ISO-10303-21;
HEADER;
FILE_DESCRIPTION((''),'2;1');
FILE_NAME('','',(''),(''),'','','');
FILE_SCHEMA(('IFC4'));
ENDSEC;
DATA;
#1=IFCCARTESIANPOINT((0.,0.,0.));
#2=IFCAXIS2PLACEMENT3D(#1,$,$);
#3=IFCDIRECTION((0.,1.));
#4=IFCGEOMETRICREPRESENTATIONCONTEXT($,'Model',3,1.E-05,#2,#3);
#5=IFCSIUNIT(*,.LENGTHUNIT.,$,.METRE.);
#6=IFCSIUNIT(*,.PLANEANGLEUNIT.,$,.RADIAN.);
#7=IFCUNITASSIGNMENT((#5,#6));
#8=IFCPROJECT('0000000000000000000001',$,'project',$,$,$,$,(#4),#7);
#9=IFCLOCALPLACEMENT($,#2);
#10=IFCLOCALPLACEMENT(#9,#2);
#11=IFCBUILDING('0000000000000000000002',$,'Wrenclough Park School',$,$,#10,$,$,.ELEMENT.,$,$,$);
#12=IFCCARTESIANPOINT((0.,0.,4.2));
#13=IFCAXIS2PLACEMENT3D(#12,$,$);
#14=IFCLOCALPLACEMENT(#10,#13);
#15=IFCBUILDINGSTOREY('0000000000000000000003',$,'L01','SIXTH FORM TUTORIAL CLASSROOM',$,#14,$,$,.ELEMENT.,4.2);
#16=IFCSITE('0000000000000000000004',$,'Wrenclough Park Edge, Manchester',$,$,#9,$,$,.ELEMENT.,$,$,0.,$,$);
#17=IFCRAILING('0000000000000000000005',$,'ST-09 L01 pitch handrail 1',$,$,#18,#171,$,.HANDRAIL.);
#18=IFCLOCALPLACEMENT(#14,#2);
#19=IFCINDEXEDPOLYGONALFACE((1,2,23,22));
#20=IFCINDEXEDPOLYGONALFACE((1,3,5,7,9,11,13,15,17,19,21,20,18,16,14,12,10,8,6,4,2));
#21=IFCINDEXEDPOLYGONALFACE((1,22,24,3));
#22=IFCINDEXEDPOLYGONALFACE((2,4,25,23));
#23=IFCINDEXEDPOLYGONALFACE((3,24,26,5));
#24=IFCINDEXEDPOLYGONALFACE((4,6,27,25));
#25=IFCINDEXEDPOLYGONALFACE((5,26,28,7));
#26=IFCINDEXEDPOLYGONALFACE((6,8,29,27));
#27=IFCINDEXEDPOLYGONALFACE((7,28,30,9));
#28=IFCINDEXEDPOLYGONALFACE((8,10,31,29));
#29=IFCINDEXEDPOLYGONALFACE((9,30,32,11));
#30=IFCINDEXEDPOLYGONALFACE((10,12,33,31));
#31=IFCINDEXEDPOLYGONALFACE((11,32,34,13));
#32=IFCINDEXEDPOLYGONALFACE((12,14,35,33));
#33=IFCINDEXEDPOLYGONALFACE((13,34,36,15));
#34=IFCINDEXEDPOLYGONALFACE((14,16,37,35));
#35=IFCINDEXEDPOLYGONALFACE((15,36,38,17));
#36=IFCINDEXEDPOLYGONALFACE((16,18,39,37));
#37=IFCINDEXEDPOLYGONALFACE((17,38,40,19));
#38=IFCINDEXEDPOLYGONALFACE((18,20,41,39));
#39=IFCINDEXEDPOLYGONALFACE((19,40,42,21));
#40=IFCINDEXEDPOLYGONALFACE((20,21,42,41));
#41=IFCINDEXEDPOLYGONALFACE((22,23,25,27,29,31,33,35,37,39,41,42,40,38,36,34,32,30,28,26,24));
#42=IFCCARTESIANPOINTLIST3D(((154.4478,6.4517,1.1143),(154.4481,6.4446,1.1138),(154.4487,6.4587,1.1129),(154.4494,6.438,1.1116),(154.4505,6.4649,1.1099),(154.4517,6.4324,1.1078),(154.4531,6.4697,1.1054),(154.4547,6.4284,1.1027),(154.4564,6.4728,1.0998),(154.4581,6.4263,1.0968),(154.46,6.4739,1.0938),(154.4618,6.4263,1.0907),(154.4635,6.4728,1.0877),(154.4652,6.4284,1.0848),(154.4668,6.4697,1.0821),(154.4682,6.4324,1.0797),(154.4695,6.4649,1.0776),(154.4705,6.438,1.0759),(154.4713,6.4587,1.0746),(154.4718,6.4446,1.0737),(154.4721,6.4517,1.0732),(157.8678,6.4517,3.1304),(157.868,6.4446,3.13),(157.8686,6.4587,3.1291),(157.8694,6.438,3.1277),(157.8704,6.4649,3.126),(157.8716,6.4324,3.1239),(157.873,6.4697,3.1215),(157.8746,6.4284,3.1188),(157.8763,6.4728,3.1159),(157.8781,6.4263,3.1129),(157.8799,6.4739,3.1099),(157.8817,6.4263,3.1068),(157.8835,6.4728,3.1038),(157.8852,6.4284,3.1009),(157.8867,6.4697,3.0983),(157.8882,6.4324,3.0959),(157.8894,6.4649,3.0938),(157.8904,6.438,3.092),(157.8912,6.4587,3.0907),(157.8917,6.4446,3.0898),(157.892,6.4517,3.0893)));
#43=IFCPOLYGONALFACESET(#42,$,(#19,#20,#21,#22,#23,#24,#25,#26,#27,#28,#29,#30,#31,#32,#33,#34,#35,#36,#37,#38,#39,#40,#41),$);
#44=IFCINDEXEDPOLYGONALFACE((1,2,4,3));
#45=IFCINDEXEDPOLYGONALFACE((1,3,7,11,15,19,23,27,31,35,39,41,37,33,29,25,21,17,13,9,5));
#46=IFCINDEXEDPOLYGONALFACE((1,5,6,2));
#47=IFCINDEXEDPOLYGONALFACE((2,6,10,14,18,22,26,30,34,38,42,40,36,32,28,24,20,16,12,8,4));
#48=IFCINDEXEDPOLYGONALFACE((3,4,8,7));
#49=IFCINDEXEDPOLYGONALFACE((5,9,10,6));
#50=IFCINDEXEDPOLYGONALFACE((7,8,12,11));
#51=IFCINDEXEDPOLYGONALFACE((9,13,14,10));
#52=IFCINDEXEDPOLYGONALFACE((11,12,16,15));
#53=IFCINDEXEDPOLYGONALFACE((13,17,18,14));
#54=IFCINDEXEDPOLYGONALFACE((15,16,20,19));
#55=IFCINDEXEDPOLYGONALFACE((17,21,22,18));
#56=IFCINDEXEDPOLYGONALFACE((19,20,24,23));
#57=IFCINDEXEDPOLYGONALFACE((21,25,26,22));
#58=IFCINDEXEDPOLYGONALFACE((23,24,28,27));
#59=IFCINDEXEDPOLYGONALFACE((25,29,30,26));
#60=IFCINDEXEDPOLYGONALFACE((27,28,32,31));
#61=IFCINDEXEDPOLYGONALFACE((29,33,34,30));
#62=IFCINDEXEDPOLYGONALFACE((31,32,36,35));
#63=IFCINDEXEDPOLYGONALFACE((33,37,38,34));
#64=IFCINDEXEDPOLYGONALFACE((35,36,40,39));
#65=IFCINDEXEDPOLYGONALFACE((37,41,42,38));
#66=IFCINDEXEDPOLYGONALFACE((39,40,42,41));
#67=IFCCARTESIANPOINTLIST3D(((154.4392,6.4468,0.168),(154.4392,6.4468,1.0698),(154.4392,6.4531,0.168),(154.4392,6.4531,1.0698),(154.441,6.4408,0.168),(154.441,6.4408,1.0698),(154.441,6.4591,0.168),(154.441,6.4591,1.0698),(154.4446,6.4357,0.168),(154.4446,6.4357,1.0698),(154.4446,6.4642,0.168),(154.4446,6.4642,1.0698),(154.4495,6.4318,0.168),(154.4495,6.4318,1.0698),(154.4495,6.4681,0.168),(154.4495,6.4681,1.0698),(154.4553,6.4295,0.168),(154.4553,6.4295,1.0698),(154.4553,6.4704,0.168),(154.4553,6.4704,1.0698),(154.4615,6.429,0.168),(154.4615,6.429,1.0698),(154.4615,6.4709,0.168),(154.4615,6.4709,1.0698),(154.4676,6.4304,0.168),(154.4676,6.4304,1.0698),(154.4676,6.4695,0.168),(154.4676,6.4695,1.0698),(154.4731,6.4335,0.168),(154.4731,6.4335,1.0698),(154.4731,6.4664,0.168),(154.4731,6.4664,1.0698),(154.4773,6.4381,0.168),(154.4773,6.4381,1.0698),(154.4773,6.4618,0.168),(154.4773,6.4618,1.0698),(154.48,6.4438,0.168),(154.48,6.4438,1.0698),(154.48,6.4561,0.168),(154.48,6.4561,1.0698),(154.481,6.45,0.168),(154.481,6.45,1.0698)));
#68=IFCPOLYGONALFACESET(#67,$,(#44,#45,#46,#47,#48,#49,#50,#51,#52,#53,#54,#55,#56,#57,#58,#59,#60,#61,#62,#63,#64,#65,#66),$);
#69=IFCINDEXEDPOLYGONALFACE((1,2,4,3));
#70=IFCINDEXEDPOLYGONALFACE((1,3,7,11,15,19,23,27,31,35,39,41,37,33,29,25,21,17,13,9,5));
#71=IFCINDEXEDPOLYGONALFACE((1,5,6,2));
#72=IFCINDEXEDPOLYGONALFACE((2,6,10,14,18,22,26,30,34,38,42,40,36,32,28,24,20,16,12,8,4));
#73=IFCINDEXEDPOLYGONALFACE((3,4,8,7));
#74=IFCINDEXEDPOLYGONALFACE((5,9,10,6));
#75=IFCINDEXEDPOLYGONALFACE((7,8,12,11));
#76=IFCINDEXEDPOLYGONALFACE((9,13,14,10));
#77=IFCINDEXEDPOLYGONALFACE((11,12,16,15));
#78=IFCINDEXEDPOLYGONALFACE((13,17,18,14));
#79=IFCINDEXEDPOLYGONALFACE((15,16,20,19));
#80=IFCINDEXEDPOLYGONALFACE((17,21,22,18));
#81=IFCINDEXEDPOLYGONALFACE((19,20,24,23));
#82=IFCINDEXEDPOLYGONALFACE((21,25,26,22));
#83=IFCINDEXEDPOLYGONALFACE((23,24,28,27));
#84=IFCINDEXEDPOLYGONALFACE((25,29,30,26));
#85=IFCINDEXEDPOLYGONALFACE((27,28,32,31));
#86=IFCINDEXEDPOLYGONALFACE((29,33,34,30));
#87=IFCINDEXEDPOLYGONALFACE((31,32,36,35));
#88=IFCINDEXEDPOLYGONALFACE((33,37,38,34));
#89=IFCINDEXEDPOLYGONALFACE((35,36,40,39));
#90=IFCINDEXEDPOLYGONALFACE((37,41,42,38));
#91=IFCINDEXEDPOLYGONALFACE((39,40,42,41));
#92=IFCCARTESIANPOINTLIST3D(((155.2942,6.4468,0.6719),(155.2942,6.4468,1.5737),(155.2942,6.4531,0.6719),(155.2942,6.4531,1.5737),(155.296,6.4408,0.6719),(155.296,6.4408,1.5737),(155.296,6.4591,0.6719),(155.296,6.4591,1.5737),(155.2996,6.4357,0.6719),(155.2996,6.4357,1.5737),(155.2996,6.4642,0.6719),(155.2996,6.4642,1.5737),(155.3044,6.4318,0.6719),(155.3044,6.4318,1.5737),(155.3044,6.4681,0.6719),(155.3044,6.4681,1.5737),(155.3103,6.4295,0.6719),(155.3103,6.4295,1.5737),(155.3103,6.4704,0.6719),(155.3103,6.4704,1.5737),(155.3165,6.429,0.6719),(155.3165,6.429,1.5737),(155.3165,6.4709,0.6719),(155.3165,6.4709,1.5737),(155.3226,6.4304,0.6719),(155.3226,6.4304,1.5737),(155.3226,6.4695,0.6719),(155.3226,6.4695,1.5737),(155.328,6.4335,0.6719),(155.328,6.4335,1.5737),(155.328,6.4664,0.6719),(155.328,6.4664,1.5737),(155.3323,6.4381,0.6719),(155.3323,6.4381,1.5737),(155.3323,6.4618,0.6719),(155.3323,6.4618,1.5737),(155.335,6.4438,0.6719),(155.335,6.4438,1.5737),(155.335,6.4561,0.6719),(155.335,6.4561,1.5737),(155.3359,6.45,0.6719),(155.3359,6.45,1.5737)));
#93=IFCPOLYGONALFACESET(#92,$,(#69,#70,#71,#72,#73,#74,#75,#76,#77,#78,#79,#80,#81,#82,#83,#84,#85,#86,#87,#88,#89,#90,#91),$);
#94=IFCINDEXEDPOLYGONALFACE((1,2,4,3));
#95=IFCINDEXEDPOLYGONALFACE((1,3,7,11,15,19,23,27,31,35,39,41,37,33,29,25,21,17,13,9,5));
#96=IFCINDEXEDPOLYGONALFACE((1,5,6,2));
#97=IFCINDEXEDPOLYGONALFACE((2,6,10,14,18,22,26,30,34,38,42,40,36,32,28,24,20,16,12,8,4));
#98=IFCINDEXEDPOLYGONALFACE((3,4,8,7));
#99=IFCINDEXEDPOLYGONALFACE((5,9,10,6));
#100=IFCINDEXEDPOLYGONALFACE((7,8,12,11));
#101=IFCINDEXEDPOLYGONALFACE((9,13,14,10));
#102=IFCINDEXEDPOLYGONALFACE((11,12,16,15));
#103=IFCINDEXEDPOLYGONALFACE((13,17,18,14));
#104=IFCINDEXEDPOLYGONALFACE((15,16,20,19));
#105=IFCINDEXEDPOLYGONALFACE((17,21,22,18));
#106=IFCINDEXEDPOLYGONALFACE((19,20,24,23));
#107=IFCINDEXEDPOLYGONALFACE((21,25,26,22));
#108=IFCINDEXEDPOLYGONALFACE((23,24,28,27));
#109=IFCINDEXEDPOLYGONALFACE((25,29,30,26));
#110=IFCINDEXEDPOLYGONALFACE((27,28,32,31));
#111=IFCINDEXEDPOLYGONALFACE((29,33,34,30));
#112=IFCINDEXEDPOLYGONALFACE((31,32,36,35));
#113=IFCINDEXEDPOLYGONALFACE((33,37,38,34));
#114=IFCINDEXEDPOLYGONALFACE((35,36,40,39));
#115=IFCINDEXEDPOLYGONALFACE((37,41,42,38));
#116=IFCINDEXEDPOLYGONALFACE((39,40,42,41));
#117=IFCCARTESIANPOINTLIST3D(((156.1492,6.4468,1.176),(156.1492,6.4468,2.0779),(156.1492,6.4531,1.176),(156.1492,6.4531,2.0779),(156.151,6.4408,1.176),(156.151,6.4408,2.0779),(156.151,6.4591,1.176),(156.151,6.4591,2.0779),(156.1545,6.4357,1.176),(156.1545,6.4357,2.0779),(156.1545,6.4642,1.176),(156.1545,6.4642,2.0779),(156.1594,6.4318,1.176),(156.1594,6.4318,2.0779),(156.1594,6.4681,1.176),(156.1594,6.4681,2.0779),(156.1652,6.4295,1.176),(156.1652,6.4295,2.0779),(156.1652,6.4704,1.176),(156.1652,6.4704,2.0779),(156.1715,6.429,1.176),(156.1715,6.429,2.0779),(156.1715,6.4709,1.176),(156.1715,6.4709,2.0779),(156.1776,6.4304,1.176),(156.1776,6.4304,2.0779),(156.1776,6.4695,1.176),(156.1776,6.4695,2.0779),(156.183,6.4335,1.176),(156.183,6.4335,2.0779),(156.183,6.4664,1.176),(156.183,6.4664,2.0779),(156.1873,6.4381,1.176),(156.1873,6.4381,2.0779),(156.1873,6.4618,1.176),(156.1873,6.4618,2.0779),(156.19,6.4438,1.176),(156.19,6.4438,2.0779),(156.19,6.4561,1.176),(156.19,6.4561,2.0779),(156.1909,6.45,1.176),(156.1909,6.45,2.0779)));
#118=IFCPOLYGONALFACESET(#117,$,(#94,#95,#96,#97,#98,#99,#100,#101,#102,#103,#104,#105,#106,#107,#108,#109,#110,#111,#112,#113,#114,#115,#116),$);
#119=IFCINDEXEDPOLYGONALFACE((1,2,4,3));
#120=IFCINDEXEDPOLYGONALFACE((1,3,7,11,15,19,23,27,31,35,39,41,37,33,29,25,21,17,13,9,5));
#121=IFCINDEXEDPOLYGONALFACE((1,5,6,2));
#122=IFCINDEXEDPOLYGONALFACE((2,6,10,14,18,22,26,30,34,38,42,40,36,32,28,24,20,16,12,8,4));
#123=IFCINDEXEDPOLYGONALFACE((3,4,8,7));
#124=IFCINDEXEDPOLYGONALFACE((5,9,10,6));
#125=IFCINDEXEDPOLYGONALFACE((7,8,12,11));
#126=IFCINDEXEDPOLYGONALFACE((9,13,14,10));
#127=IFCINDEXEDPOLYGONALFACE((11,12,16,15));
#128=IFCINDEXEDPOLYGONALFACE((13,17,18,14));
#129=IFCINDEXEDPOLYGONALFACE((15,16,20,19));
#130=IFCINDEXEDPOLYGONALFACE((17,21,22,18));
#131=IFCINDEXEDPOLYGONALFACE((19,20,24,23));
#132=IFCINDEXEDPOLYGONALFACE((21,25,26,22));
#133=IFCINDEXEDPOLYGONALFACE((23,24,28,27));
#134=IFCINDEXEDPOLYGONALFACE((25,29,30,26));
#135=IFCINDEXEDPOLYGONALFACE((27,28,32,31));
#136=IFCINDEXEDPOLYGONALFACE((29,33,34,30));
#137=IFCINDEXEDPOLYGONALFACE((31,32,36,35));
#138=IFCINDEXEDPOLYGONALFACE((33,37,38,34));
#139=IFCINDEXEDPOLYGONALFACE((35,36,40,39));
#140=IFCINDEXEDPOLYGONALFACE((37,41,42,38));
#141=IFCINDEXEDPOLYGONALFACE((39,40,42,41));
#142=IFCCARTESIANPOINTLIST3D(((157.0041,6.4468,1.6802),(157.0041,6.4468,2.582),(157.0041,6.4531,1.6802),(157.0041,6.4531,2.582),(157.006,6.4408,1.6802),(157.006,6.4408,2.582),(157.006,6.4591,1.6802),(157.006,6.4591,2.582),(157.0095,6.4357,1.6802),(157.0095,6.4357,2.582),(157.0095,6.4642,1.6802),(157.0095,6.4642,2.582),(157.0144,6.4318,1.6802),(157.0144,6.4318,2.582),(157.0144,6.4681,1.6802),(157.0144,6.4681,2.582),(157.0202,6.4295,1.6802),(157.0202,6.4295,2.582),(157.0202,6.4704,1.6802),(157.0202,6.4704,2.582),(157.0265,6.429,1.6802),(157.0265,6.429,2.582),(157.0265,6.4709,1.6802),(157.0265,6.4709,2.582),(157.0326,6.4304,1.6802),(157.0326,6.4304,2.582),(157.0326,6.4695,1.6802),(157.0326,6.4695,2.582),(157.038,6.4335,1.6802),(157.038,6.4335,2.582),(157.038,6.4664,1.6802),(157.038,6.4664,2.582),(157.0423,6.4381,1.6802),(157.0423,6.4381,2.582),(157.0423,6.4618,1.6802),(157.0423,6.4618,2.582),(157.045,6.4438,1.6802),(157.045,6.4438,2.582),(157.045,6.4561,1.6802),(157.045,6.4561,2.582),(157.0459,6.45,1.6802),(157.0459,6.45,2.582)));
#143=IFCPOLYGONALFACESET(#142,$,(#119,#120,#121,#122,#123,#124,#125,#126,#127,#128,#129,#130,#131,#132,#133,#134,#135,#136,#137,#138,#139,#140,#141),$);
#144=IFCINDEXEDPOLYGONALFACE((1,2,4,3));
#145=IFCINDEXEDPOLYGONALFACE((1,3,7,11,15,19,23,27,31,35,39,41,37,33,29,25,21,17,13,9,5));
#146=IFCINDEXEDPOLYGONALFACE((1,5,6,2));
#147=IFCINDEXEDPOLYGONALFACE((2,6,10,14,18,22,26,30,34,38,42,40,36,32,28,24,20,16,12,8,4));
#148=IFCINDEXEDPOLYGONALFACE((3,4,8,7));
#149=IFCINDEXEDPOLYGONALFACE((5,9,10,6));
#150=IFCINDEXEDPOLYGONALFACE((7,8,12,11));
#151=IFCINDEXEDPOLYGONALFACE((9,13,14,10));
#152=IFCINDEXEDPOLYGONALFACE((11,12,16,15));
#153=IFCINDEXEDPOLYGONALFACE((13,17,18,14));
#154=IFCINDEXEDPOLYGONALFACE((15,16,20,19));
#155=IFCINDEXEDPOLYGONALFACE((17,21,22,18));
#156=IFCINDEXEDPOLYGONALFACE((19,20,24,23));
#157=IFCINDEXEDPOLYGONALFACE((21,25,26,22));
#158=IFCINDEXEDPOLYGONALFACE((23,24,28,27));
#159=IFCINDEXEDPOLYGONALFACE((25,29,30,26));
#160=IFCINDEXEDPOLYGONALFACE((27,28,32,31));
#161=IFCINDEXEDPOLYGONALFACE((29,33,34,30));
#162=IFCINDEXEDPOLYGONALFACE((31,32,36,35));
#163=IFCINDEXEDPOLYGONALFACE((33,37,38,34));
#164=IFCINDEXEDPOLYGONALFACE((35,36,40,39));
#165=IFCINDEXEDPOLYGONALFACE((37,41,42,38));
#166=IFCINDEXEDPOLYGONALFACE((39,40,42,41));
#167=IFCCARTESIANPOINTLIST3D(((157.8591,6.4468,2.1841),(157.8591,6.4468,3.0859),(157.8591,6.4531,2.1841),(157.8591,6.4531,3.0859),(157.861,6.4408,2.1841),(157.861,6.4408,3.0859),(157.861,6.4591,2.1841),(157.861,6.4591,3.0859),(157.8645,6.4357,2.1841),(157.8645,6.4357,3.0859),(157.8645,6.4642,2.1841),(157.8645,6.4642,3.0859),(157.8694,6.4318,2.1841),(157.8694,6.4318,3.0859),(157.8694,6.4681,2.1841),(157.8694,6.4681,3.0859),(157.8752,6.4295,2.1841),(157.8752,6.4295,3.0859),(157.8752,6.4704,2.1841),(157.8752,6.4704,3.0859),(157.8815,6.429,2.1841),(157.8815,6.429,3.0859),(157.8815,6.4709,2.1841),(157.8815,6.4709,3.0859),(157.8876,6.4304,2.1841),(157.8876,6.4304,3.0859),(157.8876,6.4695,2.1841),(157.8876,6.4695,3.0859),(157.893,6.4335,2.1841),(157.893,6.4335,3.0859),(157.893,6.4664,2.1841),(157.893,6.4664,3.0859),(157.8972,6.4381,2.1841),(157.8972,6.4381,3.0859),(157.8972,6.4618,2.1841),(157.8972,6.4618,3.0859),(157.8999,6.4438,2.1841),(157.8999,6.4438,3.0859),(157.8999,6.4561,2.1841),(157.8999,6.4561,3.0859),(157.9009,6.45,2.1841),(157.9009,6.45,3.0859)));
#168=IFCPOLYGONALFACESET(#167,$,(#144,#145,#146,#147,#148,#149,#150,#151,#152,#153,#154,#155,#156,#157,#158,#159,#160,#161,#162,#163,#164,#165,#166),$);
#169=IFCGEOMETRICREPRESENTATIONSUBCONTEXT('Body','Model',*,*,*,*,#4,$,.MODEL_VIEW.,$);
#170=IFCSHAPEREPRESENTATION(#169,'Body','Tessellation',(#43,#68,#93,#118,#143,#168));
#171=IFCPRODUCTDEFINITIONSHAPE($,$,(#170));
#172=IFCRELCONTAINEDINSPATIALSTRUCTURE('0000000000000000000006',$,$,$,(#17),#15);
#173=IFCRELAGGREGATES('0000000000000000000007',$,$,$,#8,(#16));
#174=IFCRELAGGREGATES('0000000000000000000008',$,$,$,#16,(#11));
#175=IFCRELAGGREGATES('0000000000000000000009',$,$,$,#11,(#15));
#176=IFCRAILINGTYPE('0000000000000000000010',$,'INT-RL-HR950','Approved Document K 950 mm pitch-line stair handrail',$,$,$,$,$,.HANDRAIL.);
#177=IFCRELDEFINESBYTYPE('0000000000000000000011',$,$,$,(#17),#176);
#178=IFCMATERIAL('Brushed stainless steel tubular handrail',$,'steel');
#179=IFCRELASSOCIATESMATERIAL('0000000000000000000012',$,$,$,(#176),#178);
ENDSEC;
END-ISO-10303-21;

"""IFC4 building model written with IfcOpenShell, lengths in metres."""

from ifc_helpers import new_model, si_unit, direction, frame, origin, origin_2d, place, context, subcontext, project, spatial, circle, extrude, material, type_object, element, save


model = new_model("IFC4")

# Units and contexts
model_context = context("Model", 3, precision=1e-05, world=origin(), true_north=direction((0.0, 1.0)))
body_context = subcontext(model_context, "Body", "Model", "MODEL_VIEW")
ifc_project = project(units=[si_unit("LENGTHUNIT", "METRE"), si_unit("PLANEANGLEUNIT", "RADIAN")], contexts=[model_context])

# Site, building, storey
site_placement = place(None, origin())
site = spatial("IfcSite", under=ifc_project, at=site_placement, Name="Wrenclough Park Edge, Manchester", CompositionType="ELEMENT", RefElevation=0.0)
building_placement = place(site_placement, origin())
building = spatial("IfcBuilding", under=site, at=building_placement, Name="Wrenclough Park School", CompositionType="ELEMENT")
storey_placement = place(building_placement, frame((0.0, 0.0, 4.2)))
storey = spatial("IfcBuildingStorey", under=building, at=storey_placement, Name="L01", Description="SIXTH FORM TUTORIAL CLASSROOM", CompositionType="ELEMENT", Elevation=4.2)

# Railing
ifc_material_1 = material(Name="Brushed stainless steel tubular handrail", Category="steel")
railing_type_1 = type_object("IfcRailingType", Name="INT-RL-HR950", Description="Approved Document K 950 mm pitch-line stair handrail", PredefinedType="HANDRAIL", material=ifc_material_1)
railing_1_placement = place(storey_placement, frame((154.46, 6.45, 0.168)))
element("IfcRailing", 1, at=railing_1_placement, inside=storey, type_object=railing_type_1, Name="ST-09 L01 pitch handrail 1", PredefinedType="HANDRAIL", context=body_context, shape_type="SweptSolid", body=[
    extrude(circle(Radius=0.0239, at=origin_2d()), frame((0.0, 0.0, 0.9258), z_axis=(0.86145, 0.0, 0.507842), x_axis=(0.0, 1.0, 0.0)), (0.0, 0.0, 1.0), 3.97),
    extrude(circle(Radius=0.021, at=origin_2d()), origin(), (0.0, 0.0, 1.0), 0.9019),
    extrude(circle(Radius=0.021, at=origin_2d()), frame((0.855, 0.0, 0.5039)), (0.0, 0.0, 1.0), 0.9019),
    extrude(circle(Radius=0.021, at=origin_2d()), frame((1.71, 0.0, 1.0081)), (0.0, 0.0, 1.0), 0.9019),
    extrude(circle(Radius=0.021, at=origin_2d()), frame((2.5649, 0.0, 1.5122)), (0.0, 0.0, 1.0), 0.9019),
    extrude(circle(Radius=0.021, at=origin_2d()), frame((3.4199, 0.0, 2.0161)), (0.0, 0.0, 1.0), 0.9019),
])

save(model, "model.ifc")
